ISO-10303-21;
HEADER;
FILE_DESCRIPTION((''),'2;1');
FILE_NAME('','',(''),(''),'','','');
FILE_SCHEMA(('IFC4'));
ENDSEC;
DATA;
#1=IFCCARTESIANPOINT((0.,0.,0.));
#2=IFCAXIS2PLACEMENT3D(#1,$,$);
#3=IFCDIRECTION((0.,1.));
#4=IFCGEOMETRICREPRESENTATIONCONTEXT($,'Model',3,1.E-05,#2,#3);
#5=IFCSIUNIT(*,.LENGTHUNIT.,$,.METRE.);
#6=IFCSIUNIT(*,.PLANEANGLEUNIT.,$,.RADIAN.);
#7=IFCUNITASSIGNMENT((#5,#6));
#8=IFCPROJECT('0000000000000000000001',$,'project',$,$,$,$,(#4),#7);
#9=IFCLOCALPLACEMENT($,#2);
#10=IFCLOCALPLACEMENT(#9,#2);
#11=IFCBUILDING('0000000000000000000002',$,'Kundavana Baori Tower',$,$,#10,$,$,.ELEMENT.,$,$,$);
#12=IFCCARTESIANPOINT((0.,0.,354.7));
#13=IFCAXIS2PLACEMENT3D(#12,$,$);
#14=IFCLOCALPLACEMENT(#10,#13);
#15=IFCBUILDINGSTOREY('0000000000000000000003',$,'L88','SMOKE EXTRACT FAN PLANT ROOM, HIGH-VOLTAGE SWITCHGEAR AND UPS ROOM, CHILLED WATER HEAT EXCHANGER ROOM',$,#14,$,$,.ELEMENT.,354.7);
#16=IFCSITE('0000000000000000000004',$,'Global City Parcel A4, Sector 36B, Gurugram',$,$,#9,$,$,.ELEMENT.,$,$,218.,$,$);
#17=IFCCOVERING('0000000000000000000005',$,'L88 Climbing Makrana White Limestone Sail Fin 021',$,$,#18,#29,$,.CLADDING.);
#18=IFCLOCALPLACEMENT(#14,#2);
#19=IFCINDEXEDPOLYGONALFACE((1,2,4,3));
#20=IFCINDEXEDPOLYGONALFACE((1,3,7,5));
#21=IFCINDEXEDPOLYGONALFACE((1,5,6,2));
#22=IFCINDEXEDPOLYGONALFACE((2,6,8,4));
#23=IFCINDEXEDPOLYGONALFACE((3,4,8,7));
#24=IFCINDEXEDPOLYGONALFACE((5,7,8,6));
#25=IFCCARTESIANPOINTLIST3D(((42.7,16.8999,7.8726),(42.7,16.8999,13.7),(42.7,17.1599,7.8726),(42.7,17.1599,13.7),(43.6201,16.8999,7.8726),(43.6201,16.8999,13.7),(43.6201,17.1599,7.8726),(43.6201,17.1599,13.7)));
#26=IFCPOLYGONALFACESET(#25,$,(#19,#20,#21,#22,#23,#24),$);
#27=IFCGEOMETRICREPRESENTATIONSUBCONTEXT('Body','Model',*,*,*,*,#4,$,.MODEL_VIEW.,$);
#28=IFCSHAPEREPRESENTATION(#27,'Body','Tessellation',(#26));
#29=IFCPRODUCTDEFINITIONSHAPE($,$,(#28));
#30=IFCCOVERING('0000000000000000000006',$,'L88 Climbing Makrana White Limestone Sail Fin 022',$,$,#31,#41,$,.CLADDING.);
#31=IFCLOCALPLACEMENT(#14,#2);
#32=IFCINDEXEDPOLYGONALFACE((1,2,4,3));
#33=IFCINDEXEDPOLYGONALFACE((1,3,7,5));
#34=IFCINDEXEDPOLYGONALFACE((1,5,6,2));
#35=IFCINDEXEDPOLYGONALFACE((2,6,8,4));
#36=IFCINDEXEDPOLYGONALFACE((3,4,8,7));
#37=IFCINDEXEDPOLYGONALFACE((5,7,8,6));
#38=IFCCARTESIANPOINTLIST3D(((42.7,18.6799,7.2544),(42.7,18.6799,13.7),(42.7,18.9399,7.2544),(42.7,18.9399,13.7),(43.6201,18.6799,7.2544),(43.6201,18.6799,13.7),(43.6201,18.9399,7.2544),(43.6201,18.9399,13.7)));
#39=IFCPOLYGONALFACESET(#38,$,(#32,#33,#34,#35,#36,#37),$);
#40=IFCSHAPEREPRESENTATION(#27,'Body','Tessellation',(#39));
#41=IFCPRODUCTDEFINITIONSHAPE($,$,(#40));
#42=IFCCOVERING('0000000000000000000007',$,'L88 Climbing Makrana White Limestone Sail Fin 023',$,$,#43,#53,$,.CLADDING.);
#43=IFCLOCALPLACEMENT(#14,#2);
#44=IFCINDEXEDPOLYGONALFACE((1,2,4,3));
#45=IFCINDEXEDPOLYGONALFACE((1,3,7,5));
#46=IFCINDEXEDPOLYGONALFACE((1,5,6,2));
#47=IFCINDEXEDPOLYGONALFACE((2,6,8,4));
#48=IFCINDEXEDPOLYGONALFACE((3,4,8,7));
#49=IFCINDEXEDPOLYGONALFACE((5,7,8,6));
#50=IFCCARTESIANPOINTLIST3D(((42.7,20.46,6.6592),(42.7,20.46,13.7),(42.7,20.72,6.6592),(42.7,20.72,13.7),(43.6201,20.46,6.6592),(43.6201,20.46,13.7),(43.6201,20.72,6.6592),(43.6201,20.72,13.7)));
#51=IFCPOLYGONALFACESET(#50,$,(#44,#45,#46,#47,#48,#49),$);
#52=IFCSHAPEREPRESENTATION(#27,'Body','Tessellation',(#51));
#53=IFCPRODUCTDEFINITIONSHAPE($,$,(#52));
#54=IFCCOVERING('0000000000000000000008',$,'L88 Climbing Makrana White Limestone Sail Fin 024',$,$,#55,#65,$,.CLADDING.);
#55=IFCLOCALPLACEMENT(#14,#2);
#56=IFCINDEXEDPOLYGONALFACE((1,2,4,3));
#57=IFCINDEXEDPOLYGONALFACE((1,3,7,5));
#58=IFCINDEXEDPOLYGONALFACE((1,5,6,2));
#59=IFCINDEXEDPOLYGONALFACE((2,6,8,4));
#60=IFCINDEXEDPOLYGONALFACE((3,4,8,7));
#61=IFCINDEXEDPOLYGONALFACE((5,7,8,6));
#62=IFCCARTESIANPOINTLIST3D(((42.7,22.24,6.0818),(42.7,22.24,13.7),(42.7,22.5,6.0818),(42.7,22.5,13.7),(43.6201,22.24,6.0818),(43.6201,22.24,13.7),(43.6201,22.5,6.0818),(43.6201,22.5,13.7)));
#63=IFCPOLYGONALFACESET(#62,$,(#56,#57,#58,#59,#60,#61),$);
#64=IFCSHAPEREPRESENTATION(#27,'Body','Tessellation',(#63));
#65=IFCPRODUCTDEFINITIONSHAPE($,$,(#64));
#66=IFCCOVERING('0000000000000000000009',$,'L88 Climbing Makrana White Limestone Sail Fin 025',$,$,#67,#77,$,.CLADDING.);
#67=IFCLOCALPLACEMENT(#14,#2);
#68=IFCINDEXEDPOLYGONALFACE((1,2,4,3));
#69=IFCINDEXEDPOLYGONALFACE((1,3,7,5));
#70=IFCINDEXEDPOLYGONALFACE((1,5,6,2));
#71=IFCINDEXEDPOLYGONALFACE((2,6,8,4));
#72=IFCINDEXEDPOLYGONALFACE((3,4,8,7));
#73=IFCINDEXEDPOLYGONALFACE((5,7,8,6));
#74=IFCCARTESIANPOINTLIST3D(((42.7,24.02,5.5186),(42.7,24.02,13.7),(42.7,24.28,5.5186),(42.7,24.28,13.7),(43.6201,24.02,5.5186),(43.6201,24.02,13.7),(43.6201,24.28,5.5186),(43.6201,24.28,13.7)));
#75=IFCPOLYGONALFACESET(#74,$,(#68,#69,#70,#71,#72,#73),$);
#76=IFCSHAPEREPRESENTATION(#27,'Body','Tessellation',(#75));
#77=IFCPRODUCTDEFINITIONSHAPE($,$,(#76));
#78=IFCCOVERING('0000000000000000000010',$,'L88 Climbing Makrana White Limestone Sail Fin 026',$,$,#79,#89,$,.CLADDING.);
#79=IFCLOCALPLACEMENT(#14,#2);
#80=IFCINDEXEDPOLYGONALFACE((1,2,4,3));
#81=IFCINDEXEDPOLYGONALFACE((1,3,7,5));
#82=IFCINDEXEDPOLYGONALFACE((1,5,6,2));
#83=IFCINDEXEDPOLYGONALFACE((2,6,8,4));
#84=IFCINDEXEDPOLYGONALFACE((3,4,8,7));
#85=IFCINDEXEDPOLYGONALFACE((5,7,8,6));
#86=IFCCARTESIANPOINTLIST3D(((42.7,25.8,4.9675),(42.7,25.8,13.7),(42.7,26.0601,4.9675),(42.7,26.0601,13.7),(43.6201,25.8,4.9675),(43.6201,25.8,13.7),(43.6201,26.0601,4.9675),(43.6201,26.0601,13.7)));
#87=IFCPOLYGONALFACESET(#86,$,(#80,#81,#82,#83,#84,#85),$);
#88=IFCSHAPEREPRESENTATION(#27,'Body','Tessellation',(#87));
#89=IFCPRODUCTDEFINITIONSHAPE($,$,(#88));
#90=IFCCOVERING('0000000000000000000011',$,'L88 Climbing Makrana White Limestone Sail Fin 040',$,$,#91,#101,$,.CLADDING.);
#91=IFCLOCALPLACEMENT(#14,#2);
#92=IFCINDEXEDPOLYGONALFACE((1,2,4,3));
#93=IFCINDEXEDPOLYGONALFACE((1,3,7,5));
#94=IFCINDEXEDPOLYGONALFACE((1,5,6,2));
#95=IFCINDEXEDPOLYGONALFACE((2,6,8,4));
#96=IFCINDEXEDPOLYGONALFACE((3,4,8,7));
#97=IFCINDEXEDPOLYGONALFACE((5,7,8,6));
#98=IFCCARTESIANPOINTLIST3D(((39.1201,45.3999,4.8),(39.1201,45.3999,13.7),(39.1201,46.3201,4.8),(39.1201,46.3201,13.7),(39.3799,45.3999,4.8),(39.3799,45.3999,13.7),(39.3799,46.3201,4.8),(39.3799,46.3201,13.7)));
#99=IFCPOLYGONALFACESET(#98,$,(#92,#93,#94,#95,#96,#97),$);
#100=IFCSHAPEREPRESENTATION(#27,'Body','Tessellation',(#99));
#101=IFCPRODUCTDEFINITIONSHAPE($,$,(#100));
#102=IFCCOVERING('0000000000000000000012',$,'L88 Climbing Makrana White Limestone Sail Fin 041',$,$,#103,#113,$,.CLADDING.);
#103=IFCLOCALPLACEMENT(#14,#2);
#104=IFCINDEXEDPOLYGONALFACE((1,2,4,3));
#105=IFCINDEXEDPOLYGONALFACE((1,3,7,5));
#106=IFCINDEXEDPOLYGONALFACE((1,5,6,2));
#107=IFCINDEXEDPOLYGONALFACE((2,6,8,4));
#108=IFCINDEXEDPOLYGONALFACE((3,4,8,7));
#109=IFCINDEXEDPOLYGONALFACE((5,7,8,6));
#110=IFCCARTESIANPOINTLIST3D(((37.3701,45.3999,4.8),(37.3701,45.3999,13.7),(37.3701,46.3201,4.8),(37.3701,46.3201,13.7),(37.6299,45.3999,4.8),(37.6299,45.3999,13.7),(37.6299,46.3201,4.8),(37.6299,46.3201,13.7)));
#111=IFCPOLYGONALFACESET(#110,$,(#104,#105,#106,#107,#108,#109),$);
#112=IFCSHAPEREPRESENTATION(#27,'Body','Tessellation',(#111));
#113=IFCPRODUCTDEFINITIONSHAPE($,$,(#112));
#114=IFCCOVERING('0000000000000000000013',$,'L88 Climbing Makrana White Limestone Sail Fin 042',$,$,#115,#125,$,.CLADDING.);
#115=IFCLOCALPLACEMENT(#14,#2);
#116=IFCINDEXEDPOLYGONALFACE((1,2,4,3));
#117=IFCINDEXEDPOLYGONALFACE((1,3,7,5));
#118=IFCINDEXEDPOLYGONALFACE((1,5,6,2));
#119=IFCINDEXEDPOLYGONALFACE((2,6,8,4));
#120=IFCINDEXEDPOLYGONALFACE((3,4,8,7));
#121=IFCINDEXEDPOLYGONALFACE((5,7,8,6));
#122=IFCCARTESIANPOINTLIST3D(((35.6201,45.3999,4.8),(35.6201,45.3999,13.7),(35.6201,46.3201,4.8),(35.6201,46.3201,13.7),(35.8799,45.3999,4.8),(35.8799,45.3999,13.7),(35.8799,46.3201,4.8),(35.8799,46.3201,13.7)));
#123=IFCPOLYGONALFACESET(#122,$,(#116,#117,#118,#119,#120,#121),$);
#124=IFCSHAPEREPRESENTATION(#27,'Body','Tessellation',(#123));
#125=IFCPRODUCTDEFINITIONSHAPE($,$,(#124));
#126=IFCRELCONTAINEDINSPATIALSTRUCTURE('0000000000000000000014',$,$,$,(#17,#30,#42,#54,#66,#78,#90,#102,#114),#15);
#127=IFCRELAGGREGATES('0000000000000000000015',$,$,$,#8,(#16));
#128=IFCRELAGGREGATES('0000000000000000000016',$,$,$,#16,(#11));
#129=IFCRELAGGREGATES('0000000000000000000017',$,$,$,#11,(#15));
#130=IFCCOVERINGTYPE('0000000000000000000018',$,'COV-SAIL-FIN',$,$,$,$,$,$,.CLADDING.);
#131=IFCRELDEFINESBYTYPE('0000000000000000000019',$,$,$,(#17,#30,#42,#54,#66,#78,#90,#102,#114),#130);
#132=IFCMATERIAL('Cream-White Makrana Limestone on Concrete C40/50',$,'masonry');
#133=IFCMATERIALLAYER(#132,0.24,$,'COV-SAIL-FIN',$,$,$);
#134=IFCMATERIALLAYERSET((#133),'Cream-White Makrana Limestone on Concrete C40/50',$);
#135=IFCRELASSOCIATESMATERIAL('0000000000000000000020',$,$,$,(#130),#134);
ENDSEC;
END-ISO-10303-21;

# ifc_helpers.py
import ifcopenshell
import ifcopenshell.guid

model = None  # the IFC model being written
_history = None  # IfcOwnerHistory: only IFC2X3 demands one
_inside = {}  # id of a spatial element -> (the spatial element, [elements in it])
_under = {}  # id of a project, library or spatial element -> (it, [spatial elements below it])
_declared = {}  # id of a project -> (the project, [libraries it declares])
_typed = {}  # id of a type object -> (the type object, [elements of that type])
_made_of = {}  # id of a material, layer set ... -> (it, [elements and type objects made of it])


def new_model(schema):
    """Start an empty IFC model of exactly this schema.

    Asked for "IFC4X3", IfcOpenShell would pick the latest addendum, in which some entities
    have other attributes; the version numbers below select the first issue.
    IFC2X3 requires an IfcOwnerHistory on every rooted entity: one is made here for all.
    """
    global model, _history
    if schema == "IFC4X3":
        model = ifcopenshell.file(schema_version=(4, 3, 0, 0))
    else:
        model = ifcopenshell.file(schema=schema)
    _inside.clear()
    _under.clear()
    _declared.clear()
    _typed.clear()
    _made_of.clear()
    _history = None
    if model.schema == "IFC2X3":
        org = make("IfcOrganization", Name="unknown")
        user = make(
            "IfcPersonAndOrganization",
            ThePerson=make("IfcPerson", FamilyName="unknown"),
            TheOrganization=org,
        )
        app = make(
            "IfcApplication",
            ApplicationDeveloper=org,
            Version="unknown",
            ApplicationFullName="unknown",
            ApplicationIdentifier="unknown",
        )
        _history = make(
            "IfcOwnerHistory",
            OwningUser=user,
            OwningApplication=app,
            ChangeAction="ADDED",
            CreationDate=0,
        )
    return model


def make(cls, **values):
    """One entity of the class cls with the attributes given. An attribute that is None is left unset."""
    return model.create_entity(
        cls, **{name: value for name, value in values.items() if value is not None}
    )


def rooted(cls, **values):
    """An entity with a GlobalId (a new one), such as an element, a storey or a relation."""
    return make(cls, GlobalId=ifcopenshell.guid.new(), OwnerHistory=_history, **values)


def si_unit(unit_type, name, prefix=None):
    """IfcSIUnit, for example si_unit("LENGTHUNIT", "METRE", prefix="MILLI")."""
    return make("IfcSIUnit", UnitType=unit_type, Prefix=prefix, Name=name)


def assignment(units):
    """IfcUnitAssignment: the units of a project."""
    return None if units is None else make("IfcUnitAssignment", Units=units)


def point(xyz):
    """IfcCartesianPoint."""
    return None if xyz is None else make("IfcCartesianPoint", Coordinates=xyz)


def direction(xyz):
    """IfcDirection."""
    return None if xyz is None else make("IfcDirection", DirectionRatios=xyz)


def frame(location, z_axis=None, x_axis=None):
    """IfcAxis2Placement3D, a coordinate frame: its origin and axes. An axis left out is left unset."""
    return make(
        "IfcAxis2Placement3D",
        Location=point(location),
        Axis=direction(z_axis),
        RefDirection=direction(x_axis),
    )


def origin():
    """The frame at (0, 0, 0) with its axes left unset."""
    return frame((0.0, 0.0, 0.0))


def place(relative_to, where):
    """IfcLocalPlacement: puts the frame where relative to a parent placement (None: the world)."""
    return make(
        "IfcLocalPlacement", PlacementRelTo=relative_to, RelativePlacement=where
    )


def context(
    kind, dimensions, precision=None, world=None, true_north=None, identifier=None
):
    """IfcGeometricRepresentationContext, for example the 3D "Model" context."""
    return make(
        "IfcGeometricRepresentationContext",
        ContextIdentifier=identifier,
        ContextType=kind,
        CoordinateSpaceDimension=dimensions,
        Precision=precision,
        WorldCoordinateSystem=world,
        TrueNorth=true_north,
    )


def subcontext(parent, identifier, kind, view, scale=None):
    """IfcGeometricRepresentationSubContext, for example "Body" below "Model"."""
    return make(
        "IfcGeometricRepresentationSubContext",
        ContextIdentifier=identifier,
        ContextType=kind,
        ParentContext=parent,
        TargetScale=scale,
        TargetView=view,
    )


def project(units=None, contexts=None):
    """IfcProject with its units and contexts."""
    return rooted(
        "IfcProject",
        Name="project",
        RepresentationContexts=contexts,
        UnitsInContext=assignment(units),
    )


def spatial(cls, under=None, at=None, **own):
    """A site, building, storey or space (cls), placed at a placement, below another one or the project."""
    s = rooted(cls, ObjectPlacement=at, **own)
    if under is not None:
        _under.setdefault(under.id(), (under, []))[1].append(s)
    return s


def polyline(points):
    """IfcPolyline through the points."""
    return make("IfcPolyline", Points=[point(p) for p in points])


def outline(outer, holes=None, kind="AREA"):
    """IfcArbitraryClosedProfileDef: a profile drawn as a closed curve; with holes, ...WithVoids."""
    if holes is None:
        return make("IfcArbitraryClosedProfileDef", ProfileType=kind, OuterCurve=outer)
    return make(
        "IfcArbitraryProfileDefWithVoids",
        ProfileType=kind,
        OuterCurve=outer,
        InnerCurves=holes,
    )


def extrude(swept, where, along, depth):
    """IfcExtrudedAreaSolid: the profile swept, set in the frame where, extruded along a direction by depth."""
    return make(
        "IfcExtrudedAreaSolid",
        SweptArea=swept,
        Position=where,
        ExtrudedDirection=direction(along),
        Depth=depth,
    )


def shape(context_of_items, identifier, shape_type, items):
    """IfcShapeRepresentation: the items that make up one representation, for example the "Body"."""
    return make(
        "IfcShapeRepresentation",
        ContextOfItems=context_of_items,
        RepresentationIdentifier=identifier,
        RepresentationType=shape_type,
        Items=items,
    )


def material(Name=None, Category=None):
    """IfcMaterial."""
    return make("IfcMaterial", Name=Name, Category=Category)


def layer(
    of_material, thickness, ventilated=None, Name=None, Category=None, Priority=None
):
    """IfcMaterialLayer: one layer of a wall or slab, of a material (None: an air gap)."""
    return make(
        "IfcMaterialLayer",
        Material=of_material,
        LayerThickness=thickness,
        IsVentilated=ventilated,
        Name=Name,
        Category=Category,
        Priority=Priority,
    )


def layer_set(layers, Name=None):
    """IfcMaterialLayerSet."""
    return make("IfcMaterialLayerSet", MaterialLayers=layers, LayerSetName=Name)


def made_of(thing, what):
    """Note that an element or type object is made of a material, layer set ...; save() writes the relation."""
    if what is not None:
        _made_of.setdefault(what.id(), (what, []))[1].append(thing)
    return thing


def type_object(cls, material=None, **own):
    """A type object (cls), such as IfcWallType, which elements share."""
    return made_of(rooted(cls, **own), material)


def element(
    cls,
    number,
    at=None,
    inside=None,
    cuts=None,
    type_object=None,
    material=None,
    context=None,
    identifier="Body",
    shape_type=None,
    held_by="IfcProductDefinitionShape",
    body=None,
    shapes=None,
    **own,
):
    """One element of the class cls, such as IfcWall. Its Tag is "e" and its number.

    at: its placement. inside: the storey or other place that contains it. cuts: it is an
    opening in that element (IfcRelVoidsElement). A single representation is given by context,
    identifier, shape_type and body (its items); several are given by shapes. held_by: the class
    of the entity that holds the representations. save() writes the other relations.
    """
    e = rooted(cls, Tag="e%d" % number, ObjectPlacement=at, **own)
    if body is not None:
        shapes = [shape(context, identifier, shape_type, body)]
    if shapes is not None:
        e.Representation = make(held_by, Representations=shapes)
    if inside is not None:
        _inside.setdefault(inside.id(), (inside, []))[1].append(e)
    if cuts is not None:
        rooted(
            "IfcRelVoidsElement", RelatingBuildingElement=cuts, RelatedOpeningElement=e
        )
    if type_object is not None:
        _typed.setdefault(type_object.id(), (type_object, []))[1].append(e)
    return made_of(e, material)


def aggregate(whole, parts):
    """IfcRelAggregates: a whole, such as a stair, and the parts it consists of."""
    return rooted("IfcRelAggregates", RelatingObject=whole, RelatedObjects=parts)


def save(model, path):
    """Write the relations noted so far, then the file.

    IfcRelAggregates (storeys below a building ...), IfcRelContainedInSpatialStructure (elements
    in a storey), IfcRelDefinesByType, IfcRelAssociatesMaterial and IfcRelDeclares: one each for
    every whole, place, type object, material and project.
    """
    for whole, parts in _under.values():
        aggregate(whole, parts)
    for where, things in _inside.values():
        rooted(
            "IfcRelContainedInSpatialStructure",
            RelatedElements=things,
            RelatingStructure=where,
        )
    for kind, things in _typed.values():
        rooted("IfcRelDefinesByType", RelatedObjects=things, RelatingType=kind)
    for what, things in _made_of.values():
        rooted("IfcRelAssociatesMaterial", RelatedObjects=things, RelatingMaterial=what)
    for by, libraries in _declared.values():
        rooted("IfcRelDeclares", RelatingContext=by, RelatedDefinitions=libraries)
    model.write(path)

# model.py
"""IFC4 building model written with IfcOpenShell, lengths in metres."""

from ifc_helpers import new_model, si_unit, direction, frame, origin, place, context, subcontext, project, spatial, polyline, outline, extrude, material, layer, layer_set, type_object, element, save


model = new_model("IFC4")

# Units and contexts
model_context = context("Model", 3, precision=1e-05, world=origin(), true_north=direction((0.0, 1.0)))
body_context = subcontext(model_context, "Body", "Model", "MODEL_VIEW")
ifc_project = project(units=[si_unit("LENGTHUNIT", "METRE"), si_unit("PLANEANGLEUNIT", "RADIAN")], contexts=[model_context])

# Site, building, storey
site_placement = place(None, origin())
site = spatial("IfcSite", under=ifc_project, at=site_placement, Name="Global City Parcel A4, Sector 36B, Gurugram", CompositionType="ELEMENT", RefElevation=218.0)
building_placement = place(site_placement, origin())
building = spatial("IfcBuilding", under=site, at=building_placement, Name="Kundavana Baori Tower", CompositionType="ELEMENT")
storey_placement = place(building_placement, frame((0.0, 0.0, 354.7)))
storey = spatial("IfcBuildingStorey", under=building, at=storey_placement, Name="L88", Description="SMOKE EXTRACT FAN PLANT ROOM, HIGH-VOLTAGE SWITCHGEAR AND UPS ROOM, CHILLED WATER HEAT EXCHANGER ROOM", CompositionType="ELEMENT", Elevation=354.7)

# Coverings
ifc_material_1 = material(Name="Cream-White Makrana Limestone on Concrete C40/50", Category="masonry")
ifc_layer_1 = layer(ifc_material_1, 0.24, Name="COV-SAIL-FIN")
ifc_layer_set_1 = layer_set([ifc_layer_1], Name="Cream-White Makrana Limestone on Concrete C40/50")
covering_type_1 = type_object("IfcCoveringType", Name="COV-SAIL-FIN", PredefinedType="CLADDING", material=ifc_layer_set_1)
covering_1_placement = place(storey_placement, frame((0.0, 0.0, 7.8726)))
element("IfcCovering", 1, at=covering_1_placement, inside=storey, type_object=covering_type_1, Name="L88 Climbing Makrana White Limestone Sail Fin 021", PredefinedType="CLADDING", context=body_context, shape_type="SweptSolid", body=[
    extrude(outline(polyline([(42.7, 16.8999), (43.6201, 16.8999), (43.6201, 17.1599), (42.7, 17.1599), (42.7, 16.8999)])), origin(), (0.0, 0.0, 1.0), 5.8274),
])
covering_2_placement = place(storey_placement, frame((0.0, 0.0, 7.2544)))
element("IfcCovering", 2, at=covering_2_placement, inside=storey, type_object=covering_type_1, Name="L88 Climbing Makrana White Limestone Sail Fin 022", PredefinedType="CLADDING", context=body_context, shape_type="SweptSolid", body=[
    extrude(outline(polyline([(42.7, 18.6799), (43.6201, 18.6799), (43.6201, 18.9399), (42.7, 18.9399), (42.7, 18.6799)])), origin(), (0.0, 0.0, 1.0), 6.4456),
])
covering_3_placement = place(storey_placement, frame((0.0, 0.0, 6.6592)))
element("IfcCovering", 3, at=covering_3_placement, inside=storey, type_object=covering_type_1, Name="L88 Climbing Makrana White Limestone Sail Fin 023", PredefinedType="CLADDING", context=body_context, shape_type="SweptSolid", body=[
    extrude(outline(polyline([(42.7, 20.46), (43.6201, 20.46), (43.6201, 20.72), (42.7, 20.72), (42.7, 20.46)])), origin(), (0.0, 0.0, 1.0), 7.0408),
])
covering_4_placement = place(storey_placement, frame((0.0, 0.0, 6.0818)))
element("IfcCovering", 4, at=covering_4_placement, inside=storey, type_object=covering_type_1, Name="L88 Climbing Makrana White Limestone Sail Fin 024", PredefinedType="CLADDING", context=body_context, shape_type="SweptSolid", body=[
    extrude(outline(polyline([(42.7, 22.24), (43.6201, 22.24), (43.6201, 22.5), (42.7, 22.5), (42.7, 22.24)])), origin(), (0.0, 0.0, 1.0), 7.6182),
])
covering_5_placement = place(storey_placement, frame((0.0, 0.0, 5.5186)))
element("IfcCovering", 5, at=covering_5_placement, inside=storey, type_object=covering_type_1, Name="L88 Climbing Makrana White Limestone Sail Fin 025", PredefinedType="CLADDING", context=body_context, shape_type="SweptSolid", body=[
    extrude(outline(polyline([(42.7, 24.02), (43.6201, 24.02), (43.6201, 24.28), (42.7, 24.28), (42.7, 24.02)])), origin(), (0.0, 0.0, 1.0), 8.1814),
])
covering_6_placement = place(storey_placement, frame((0.0, 0.0, 4.9675)))
element("IfcCovering", 6, at=covering_6_placement, inside=storey, type_object=covering_type_1, Name="L88 Climbing Makrana White Limestone Sail Fin 026", PredefinedType="CLADDING", context=body_context, shape_type="SweptSolid", body=[
    extrude(outline(polyline([(42.7, 25.8), (43.6201, 25.8), (43.6201, 26.0601), (42.7, 26.0601), (42.7, 25.8)])), origin(), (0.0, 0.0, 1.0), 8.7324),
])
covering_7_placement = place(storey_placement, frame((0.0, 0.0, 4.8)))
element("IfcCovering", 7, at=covering_7_placement, inside=storey, type_object=covering_type_1, Name="L88 Climbing Makrana White Limestone Sail Fin 040", PredefinedType="CLADDING", context=body_context, shape_type="SweptSolid", body=[
    extrude(outline(polyline([(39.1201, 45.3999), (39.3799, 45.3999), (39.3799, 46.3201), (39.1201, 46.3201), (39.1201, 45.3999)])), origin(), (0.0, 0.0, 1.0), 8.8999),
])
covering_8_placement = place(storey_placement, frame((0.0, 0.0, 4.8)))
element("IfcCovering", 8, at=covering_8_placement, inside=storey, type_object=covering_type_1, Name="L88 Climbing Makrana White Limestone Sail Fin 041", PredefinedType="CLADDING", context=body_context, shape_type="SweptSolid", body=[
    extrude(outline(polyline([(37.3701, 45.3999), (37.6299, 45.3999), (37.6299, 46.3201), (37.3701, 46.3201), (37.3701, 45.3999)])), origin(), (0.0, 0.0, 1.0), 8.8999),
])
covering_9_placement = place(storey_placement, frame((0.0, 0.0, 4.8)))
element("IfcCovering", 9, at=covering_9_placement, inside=storey, type_object=covering_type_1, Name="L88 Climbing Makrana White Limestone Sail Fin 042", PredefinedType="CLADDING", context=body_context, shape_type="SweptSolid", body=[
    extrude(outline(polyline([(35.6201, 45.3999), (35.8799, 45.3999), (35.8799, 46.3201), (35.6201, 46.3201), (35.6201, 45.3999)])), origin(), (0.0, 0.0, 1.0), 8.8999),
])

save(model, "model.ifc")
